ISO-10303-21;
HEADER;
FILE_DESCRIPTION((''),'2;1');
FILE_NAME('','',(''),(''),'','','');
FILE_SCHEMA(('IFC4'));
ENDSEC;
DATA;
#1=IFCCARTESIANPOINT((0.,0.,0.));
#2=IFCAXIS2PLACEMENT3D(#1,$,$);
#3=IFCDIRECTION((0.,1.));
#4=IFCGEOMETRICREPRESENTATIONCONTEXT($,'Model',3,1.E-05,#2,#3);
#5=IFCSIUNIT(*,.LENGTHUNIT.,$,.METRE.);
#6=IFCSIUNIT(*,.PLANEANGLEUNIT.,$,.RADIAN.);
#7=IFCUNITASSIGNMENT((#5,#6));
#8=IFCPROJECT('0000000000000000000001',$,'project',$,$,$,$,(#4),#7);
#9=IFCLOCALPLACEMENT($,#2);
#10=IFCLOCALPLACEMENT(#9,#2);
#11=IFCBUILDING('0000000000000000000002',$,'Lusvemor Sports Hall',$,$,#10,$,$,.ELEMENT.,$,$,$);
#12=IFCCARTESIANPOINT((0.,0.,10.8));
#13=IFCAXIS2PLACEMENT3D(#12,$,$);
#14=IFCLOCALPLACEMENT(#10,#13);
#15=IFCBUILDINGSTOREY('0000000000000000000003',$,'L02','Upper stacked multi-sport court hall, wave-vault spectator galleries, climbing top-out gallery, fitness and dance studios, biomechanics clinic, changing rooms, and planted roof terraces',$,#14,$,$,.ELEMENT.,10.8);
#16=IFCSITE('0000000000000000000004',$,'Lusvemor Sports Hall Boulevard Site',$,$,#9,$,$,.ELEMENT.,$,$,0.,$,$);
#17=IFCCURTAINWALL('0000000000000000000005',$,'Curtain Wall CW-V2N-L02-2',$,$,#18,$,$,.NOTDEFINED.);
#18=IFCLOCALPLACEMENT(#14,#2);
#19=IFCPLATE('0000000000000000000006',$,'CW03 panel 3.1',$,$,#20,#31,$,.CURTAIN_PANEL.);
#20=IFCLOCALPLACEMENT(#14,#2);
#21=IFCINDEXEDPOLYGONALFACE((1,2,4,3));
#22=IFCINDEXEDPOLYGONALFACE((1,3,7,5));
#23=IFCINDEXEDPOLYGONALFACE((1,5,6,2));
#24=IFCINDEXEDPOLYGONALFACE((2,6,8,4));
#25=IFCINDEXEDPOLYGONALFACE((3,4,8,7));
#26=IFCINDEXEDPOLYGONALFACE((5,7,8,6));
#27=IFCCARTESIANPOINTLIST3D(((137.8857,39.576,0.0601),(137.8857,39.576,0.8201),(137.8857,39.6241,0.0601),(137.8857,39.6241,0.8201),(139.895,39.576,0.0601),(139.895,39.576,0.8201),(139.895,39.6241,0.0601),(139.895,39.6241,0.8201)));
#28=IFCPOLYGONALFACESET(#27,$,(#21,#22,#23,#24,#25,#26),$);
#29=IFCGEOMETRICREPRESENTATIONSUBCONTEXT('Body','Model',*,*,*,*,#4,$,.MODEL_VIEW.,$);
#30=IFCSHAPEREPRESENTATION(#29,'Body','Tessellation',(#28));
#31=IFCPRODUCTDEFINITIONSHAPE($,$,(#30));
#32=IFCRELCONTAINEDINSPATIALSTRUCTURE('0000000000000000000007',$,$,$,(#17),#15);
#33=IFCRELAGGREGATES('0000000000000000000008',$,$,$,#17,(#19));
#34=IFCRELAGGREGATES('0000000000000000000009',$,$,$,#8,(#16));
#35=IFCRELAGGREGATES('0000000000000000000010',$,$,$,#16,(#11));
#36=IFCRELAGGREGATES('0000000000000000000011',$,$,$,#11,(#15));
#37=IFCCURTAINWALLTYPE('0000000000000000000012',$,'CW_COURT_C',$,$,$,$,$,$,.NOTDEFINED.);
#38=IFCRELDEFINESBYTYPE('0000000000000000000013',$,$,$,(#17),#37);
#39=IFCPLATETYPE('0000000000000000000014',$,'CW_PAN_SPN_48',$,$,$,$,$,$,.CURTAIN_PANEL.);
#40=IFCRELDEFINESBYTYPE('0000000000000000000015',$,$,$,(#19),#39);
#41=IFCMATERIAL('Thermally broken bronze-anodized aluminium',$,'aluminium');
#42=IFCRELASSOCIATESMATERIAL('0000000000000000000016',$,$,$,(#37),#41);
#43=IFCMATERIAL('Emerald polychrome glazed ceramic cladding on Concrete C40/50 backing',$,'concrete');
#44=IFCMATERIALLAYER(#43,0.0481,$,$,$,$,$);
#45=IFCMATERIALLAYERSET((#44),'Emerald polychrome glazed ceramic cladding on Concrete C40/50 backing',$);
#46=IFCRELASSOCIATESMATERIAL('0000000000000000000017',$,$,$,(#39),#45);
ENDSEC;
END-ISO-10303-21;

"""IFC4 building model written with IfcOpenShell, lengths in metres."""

from ifc_helpers import new_model, si_unit, direction, frame, origin, origin_2d, place, context, subcontext, project, spatial, rectangle, extrude, material, layer, layer_set, type_object, element, aggregate, save


model = new_model("IFC4")

# Units and contexts
model_context = context("Model", 3, precision=1e-05, world=origin(), true_north=direction((0.0, 1.0)))
body_context = subcontext(model_context, "Body", "Model", "MODEL_VIEW")
ifc_project = project(units=[si_unit("LENGTHUNIT", "METRE"), si_unit("PLANEANGLEUNIT", "RADIAN")], contexts=[model_context])

# Site, building, storey
site_placement = place(None, origin())
site = spatial("IfcSite", under=ifc_project, at=site_placement, Name="Lusvemor Sports Hall Boulevard Site", CompositionType="ELEMENT", RefElevation=0.0)
building_placement = place(site_placement, origin())
building = spatial("IfcBuilding", under=site, at=building_placement, Name="Lusvemor Sports Hall", CompositionType="ELEMENT")
storey_placement = place(building_placement, frame((0.0, 0.0, 10.8)))
storey = spatial("IfcBuildingStorey", under=building, at=storey_placement, Name="L02", Description="Upper stacked multi-sport court hall, wave-vault spectator galleries, climbing top-out gallery, fitness and dance studios, biomechanics clinic, changing rooms, and planted roof terraces", CompositionType="ELEMENT", Elevation=10.8)

# Curtain wall
ifc_material_1 = material(Name="Thermally broken bronze-anodized aluminium", Category="aluminium")
curtain_wall_type = type_object("IfcCurtainWallType", Name="CW_COURT_C", PredefinedType="NOTDEFINED", material=ifc_material_1)
curtain_wall_placement = place(storey_placement, origin())
curtain_wall = element("IfcCurtainWall", 1, at=curtain_wall_placement, inside=storey, type_object=curtain_wall_type, Name="Curtain Wall CW-V2N-L02-2", PredefinedType="NOTDEFINED")

# Plate
ifc_material_2 = material(Name="Emerald polychrome glazed ceramic cladding on Concrete C40/50 backing", Category="concrete")
ifc_layer_1 = layer(ifc_material_2, 0.0481)
ifc_layer_set_1 = layer_set([ifc_layer_1], Name="Emerald polychrome glazed ceramic cladding on Concrete C40/50 backing")
plate_type_1 = type_object("IfcPlateType", Name="CW_PAN_SPN_48", PredefinedType="CURTAIN_PANEL", material=ifc_layer_set_1)
plate_1_placement = place(storey_placement, frame((138.8904, 39.6001, 0.0601), z_axis=(0.0, 0.0, 1.0), x_axis=(1.0, 0.0, 0.0)))
plate_1 = element("IfcPlate", 2, at=plate_1_placement, type_object=plate_type_1, Name="CW03 panel 3.1", PredefinedType="CURTAIN_PANEL", context=body_context, shape_type="SweptSolid", body=[
    extrude(rectangle(XDim=2.0093, YDim=0.0481, at=origin_2d()), origin(), (0.0, 0.0, 1.0), 0.76),
])
aggregate(curtain_wall, [plate_1])

save(model, "model.ifc")
